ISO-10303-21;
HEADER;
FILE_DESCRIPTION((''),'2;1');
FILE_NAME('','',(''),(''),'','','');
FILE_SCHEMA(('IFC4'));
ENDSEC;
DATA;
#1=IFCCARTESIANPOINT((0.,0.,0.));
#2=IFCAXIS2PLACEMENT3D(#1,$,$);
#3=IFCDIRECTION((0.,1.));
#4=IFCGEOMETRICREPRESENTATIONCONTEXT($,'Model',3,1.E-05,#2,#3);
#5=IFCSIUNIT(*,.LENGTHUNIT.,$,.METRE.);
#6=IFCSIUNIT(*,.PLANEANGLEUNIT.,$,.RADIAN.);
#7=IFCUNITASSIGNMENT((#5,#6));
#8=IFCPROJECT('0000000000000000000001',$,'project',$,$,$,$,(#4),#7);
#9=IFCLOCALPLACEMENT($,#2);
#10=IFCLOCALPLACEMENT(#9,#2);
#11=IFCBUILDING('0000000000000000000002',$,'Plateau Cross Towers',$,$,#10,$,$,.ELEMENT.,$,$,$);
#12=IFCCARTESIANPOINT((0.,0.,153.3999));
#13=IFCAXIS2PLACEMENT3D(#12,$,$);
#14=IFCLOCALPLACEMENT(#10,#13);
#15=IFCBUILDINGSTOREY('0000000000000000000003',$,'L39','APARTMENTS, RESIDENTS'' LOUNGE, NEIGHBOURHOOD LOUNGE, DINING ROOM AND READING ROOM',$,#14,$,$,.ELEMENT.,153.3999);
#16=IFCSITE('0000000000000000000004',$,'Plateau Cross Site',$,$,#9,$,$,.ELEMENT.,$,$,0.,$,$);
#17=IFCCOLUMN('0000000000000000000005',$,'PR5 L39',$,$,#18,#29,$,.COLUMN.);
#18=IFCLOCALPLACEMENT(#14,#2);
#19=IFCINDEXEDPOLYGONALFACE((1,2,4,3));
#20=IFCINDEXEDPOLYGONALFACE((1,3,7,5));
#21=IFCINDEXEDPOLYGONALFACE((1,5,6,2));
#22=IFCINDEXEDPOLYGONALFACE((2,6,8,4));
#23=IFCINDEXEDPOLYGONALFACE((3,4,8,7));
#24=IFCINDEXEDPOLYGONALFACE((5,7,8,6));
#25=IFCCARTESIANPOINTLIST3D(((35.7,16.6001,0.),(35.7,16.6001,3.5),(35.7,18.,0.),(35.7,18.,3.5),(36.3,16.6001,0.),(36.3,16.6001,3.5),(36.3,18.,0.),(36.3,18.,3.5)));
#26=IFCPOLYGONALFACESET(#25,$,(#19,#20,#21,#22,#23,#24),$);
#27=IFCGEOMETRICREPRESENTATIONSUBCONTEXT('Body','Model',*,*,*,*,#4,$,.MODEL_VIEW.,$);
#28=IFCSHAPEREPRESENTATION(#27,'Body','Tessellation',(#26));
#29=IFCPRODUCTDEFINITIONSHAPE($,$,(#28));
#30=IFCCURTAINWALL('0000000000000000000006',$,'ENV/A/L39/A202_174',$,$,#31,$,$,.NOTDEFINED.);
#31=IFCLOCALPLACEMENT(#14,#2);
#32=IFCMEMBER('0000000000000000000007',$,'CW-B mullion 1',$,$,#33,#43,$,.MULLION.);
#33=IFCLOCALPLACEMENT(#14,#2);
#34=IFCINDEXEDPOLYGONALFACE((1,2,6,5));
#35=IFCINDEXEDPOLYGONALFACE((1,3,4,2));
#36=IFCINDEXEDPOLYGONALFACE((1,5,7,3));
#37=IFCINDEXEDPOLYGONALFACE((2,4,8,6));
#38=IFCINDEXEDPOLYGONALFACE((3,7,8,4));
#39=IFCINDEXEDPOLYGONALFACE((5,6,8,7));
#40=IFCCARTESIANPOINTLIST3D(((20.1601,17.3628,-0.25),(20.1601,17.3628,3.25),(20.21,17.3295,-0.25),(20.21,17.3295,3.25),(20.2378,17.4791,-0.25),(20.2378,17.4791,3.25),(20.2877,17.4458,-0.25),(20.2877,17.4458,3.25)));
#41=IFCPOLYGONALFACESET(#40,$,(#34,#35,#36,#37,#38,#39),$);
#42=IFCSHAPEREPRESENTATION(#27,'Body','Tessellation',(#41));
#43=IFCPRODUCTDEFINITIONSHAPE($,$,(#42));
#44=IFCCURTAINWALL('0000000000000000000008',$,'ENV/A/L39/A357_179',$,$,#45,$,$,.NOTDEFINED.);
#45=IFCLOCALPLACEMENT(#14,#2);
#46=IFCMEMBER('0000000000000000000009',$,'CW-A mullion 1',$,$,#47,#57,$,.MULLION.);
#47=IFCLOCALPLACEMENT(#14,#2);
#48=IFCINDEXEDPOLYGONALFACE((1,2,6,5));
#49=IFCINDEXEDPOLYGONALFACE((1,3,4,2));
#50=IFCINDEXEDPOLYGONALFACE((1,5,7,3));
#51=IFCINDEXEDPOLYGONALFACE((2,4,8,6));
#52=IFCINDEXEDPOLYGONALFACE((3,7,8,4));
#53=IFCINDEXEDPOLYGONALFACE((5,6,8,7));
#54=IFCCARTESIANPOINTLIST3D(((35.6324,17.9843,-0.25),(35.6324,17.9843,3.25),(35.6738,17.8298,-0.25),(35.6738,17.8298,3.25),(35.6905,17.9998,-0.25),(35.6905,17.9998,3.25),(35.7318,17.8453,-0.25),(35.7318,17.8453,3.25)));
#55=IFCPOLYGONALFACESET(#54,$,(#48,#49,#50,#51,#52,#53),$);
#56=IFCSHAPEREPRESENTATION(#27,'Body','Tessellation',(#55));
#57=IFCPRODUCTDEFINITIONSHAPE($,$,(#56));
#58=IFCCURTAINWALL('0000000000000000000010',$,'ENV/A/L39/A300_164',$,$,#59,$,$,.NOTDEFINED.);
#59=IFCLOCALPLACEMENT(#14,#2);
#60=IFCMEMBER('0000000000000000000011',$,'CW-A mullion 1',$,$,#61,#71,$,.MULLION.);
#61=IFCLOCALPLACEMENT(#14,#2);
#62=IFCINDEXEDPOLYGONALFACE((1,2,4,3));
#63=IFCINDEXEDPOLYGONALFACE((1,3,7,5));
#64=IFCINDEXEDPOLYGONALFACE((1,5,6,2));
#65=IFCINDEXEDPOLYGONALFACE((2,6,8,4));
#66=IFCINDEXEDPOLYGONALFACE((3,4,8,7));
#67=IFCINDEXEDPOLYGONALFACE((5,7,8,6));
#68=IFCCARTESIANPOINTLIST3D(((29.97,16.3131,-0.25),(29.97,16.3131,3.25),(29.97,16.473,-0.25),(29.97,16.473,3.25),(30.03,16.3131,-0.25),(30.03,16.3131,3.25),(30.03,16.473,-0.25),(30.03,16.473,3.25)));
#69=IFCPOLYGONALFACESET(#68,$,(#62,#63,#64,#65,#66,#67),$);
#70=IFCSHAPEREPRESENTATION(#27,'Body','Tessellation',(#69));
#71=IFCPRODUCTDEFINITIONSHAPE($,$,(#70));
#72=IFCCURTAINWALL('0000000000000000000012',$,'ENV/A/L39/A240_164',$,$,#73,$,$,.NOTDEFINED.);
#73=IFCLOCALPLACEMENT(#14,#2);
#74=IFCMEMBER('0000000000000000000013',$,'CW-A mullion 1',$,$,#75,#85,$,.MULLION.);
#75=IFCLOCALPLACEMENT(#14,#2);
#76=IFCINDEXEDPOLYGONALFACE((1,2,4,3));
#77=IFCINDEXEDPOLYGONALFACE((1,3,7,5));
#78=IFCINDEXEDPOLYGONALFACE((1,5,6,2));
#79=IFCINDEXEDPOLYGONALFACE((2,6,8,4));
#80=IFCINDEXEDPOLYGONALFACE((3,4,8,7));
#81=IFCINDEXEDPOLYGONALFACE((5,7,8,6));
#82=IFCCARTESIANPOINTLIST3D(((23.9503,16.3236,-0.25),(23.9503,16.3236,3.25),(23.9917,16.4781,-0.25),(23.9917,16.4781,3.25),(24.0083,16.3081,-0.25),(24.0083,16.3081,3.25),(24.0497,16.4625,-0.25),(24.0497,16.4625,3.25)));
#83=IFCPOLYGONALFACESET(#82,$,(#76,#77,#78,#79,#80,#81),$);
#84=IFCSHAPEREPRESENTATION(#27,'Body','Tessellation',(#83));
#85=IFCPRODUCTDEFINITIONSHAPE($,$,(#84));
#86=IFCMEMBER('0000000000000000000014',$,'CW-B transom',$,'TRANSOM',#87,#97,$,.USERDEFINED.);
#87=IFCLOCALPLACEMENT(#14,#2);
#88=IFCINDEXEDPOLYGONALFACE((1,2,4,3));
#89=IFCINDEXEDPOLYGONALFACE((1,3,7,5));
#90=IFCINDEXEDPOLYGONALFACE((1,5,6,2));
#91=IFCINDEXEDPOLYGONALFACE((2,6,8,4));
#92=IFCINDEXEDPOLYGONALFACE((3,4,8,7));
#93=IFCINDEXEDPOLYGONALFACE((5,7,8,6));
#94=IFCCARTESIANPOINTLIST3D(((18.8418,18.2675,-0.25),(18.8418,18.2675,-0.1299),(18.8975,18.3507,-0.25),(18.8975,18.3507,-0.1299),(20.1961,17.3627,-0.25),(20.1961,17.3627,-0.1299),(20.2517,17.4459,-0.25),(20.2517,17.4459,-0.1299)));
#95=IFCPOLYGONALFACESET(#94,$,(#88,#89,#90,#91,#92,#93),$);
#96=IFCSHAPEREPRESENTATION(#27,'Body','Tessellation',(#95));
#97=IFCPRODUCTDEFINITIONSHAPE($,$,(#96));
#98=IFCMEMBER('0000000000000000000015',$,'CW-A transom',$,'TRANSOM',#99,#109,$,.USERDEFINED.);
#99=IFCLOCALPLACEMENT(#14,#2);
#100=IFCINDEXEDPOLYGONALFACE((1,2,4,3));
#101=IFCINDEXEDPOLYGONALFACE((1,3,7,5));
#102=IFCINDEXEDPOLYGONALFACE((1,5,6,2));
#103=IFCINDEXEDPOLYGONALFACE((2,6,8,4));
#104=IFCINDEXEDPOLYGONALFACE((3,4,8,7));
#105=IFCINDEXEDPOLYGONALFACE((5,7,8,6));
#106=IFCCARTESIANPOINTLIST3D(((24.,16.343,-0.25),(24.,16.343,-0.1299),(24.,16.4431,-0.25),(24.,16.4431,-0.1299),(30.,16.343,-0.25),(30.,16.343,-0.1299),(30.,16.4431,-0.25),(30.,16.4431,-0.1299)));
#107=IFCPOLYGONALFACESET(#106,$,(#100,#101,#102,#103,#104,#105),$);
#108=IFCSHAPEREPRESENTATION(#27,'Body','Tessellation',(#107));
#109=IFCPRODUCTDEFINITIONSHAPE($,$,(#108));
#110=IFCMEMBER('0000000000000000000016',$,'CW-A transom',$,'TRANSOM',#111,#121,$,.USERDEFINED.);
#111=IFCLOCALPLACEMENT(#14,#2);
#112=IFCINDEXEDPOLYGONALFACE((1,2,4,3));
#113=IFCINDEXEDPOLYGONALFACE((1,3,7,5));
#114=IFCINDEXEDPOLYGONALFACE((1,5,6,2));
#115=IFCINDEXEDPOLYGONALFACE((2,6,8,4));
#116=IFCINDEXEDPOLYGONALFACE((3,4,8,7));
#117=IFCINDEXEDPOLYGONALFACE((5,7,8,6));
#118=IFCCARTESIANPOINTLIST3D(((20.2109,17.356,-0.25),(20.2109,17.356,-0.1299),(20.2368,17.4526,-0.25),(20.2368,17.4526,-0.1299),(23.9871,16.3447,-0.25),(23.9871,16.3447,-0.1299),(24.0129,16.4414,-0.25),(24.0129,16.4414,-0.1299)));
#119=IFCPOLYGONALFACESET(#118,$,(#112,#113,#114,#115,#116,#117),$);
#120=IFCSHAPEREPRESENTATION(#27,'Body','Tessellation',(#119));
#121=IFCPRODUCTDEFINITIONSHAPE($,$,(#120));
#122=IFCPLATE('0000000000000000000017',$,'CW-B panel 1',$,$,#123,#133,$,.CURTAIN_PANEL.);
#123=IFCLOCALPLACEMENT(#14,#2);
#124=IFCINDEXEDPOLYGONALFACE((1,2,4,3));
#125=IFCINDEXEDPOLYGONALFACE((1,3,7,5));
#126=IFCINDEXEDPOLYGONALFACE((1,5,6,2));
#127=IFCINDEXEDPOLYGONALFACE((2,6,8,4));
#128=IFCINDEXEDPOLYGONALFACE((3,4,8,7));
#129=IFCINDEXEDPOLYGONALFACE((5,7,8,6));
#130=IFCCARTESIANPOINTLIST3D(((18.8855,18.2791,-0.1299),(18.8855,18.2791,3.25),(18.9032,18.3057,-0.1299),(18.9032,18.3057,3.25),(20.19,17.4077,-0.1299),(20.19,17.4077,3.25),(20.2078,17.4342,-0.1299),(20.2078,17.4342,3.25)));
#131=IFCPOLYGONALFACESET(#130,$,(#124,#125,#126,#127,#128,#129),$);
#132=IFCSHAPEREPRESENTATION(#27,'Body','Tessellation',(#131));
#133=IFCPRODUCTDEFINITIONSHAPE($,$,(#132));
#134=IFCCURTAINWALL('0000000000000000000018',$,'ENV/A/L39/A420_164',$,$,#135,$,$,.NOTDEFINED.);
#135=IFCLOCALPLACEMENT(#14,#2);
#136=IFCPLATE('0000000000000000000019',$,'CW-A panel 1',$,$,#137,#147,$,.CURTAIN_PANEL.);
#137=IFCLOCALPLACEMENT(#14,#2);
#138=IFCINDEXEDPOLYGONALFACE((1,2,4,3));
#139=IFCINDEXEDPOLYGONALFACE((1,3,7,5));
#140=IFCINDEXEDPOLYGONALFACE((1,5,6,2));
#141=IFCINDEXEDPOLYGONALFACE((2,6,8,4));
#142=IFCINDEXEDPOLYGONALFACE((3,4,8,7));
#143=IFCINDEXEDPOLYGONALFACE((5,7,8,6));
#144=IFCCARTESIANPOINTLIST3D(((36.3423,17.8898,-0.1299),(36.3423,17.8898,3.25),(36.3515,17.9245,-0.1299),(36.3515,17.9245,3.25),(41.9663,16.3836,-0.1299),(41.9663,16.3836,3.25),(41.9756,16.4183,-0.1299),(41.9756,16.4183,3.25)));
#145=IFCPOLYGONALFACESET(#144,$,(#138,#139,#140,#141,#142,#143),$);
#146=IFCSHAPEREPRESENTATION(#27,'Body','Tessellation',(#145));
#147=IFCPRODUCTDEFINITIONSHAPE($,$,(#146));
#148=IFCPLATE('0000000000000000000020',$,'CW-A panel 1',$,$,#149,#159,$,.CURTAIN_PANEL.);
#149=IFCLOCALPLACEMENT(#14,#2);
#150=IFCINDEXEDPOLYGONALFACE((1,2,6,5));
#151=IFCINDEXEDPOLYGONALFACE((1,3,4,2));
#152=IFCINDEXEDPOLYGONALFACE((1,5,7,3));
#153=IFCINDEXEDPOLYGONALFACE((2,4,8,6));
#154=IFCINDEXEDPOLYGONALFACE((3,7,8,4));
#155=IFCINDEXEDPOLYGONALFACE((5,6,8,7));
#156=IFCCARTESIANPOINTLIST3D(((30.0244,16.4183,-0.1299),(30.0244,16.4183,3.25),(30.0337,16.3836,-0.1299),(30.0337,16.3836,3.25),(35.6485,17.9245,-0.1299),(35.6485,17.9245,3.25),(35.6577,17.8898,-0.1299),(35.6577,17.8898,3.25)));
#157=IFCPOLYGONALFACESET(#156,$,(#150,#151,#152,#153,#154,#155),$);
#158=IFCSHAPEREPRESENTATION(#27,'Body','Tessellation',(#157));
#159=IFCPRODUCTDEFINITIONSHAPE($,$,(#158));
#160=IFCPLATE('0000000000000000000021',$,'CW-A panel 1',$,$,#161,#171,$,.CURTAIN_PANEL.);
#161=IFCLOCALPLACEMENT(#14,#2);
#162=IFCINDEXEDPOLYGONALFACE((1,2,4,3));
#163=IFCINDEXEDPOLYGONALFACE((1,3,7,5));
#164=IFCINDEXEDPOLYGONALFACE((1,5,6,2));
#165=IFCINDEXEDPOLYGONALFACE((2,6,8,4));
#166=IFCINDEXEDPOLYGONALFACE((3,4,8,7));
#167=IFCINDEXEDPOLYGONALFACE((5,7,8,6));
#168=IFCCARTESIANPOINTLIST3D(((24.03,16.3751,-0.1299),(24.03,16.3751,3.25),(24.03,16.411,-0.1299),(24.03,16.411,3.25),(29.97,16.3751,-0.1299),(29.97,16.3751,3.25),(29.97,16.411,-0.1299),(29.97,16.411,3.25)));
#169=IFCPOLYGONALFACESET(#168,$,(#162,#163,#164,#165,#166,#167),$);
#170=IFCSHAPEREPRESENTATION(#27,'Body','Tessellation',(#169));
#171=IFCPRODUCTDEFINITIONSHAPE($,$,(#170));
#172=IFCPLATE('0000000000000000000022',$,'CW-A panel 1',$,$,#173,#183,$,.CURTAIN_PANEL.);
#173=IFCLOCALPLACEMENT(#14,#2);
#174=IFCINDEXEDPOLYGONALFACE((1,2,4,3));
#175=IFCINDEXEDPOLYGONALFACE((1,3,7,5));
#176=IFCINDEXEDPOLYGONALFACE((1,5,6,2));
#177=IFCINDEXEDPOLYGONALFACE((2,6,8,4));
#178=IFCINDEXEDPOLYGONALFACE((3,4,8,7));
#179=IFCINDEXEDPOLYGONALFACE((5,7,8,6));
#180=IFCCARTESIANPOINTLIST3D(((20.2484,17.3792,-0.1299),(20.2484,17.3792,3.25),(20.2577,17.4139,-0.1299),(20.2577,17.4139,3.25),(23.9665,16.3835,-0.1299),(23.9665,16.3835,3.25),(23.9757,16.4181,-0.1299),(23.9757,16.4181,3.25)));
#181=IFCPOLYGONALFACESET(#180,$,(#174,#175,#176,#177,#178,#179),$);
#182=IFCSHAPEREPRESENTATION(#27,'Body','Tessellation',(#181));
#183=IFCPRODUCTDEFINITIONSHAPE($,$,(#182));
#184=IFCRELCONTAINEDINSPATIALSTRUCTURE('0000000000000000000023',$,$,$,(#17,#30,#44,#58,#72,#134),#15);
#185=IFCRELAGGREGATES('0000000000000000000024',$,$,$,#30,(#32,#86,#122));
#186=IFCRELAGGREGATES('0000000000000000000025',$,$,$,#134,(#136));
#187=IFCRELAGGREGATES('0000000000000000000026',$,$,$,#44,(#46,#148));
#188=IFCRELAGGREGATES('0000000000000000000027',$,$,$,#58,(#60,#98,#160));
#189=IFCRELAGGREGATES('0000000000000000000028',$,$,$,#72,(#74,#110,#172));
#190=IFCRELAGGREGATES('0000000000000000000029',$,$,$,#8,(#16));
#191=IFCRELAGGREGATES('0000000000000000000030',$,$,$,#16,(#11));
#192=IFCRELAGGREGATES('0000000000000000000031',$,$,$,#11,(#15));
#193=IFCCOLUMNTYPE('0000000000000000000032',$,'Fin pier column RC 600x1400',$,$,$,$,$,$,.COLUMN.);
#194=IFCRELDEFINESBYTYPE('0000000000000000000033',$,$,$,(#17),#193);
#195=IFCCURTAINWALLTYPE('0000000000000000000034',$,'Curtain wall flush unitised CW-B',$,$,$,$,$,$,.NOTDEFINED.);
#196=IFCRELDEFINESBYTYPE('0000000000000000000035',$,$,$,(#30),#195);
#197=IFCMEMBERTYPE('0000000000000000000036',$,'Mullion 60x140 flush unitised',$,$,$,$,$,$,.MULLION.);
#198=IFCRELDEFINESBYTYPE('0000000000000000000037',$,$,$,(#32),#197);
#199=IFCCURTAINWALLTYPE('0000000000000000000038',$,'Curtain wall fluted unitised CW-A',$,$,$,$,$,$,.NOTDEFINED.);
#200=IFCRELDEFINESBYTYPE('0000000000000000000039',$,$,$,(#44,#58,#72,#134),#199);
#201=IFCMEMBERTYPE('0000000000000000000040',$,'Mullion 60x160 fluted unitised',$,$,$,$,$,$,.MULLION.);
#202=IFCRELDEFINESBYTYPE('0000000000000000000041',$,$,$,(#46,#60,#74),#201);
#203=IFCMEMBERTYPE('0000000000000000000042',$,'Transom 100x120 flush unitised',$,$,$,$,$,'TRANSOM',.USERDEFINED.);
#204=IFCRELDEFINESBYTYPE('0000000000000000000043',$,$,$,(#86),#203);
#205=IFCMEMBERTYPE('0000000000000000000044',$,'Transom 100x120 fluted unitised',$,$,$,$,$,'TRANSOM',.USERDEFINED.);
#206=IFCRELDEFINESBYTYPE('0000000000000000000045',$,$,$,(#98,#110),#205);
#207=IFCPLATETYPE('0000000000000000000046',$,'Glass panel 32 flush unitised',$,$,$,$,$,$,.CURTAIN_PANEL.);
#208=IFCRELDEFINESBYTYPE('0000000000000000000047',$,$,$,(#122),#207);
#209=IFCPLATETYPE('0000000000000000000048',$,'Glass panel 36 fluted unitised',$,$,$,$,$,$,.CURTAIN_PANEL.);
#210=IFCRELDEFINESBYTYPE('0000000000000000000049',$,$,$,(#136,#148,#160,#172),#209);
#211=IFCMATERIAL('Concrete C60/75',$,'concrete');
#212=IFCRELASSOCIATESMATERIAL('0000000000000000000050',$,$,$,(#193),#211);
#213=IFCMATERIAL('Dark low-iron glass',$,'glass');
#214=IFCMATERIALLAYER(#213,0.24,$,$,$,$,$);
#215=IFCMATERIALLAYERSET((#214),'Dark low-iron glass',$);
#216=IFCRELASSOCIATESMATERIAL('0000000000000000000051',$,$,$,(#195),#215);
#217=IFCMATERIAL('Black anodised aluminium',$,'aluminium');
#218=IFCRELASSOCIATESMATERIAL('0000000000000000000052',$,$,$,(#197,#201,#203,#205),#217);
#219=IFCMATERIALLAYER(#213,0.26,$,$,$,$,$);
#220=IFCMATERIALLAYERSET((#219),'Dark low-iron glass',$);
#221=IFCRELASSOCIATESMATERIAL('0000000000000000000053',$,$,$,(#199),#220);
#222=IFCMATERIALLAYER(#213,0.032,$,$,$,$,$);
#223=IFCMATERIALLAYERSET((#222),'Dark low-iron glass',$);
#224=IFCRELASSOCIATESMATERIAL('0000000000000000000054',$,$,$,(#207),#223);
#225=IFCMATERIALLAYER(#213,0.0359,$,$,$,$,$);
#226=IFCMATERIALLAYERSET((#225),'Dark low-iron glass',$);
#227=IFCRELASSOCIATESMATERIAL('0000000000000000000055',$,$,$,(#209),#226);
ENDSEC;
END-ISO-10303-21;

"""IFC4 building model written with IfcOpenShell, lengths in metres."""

from ifc_helpers import new_model, si_unit, direction, frame, origin, origin_2d, place, context, subcontext, project, spatial, rectangle, extrude, material, layer, layer_set, material_profile, profile_set, type_object, element, aggregate, save


model = new_model("IFC4")

# Units and contexts
model_context = context("Model", 3, precision=1e-05, world=origin(), true_north=direction((0.0, 1.0)))
body_context = subcontext(model_context, "Body", "Model", "MODEL_VIEW")
ifc_project = project(units=[si_unit("LENGTHUNIT", "METRE"), si_unit("PLANEANGLEUNIT", "RADIAN")], contexts=[model_context])

# Site, building, storey
site_placement = place(None, origin())
site = spatial("IfcSite", under=ifc_project, at=site_placement, Name="Plateau Cross Site", CompositionType="ELEMENT", RefElevation=0.0)
building_placement = place(site_placement, origin())
building = spatial("IfcBuilding", under=site, at=building_placement, Name="Plateau Cross Towers", CompositionType="ELEMENT")
storey_placement = place(building_placement, frame((0.0, 0.0, 153.3999)))
storey = spatial("IfcBuildingStorey", under=building, at=storey_placement, Name="L39", Description="APARTMENTS, RESIDENTS' LOUNGE, NEIGHBOURHOOD LOUNGE, DINING ROOM AND READING ROOM", CompositionType="ELEMENT", Elevation=153.3999)

# Column
ifc_material_1 = material(Name="Concrete C60/75", Category="concrete")
ifc_material_profile_1 = material_profile(ifc_material_1, rectangle(XDim=0.6001, YDim=1.3999, at=origin_2d()), Name="RC 600x1400")
ifc_profile_set_1 = profile_set([ifc_material_profile_1], Name="Concrete C60/75")
column_type = type_object("IfcColumnType", Name="Fin pier column RC 600x1400", PredefinedType="COLUMN", material=ifc_profile_set_1)
column_placement = place(storey_placement, frame((36.0, 17.3, 0.0), z_axis=(0.0, 0.0, 1.0), x_axis=(1.0, 0.0, 0.0)))
element("IfcColumn", 1, at=column_placement, inside=storey, type_object=column_type, Name="PR5 L39", PredefinedType="COLUMN", context=body_context, shape_type="SweptSolid", body=[
    extrude(rectangle(XDim=0.6001, YDim=1.3999, at=origin_2d()), origin(), (0.0, 0.0, 1.0), 3.5),
])

# Curtain walls, members
ifc_material_2 = material(Name="Dark low-iron glass", Category="glass")
ifc_layer_1 = layer(ifc_material_2, 0.24)
ifc_layer_set_1 = layer_set([ifc_layer_1], Name="Dark low-iron glass")
curtain_wall_type_1 = type_object("IfcCurtainWallType", Name="Curtain wall flush unitised CW-B", PredefinedType="NOTDEFINED", material=ifc_layer_set_1)
curtain_wall_1_placement = place(storey_placement, origin())
curtain_wall_1 = element("IfcCurtainWall", 2, at=curtain_wall_1_placement, inside=storey, type_object=curtain_wall_type_1, Name="ENV/A/L39/A202_174", PredefinedType="NOTDEFINED")
ifc_material_3 = material(Name="Black anodised aluminium", Category="aluminium")
ifc_material_profile_2 = material_profile(ifc_material_3, rectangle(XDim=0.0601, YDim=0.1399, at=origin_2d()), Name="MULLION 60x140")
ifc_profile_set_2 = profile_set([ifc_material_profile_2], Name="Black anodised aluminium")
member_type_1 = type_object("IfcMemberType", Name="Mullion 60x140 flush unitised", PredefinedType="MULLION", material=ifc_profile_set_2)
member_1_placement = place(storey_placement, frame((20.2239, 17.4043, -0.25), z_axis=(0.0, 0.0, 1.0), x_axis=(-0.831521, 0.555493, 0.0)))
member_1 = element("IfcMember", 3, at=member_1_placement, type_object=member_type_1, Name="CW-B mullion 1", PredefinedType="MULLION", context=body_context, shape_type="SweptSolid", body=[
    extrude(rectangle(XDim=0.0601, YDim=0.1399, at=origin_2d()), origin(), (0.0, 0.0, 1.0), 3.5),
])
ifc_layer_2 = layer(ifc_material_2, 0.26)
ifc_layer_set_2 = layer_set([ifc_layer_2], Name="Dark low-iron glass")
curtain_wall_type_2 = type_object("IfcCurtainWallType", Name="Curtain wall fluted unitised CW-A", PredefinedType="NOTDEFINED", material=ifc_layer_set_2)
curtain_wall_2_placement = place(storey_placement, origin())
curtain_wall_2 = element("IfcCurtainWall", 4, at=curtain_wall_2_placement, inside=storey, type_object=curtain_wall_type_2, Name="ENV/A/L39/A357_179", PredefinedType="NOTDEFINED")
ifc_material_profile_3 = material_profile(ifc_material_3, rectangle(XDim=0.0601, YDim=0.1599, at=origin_2d()), Name="MULLION 60x160")
ifc_profile_set_3 = profile_set([ifc_material_profile_3], Name="Black anodised aluminium")
member_type_2 = type_object("IfcMemberType", Name="Mullion 60x160 fluted unitised", PredefinedType="MULLION", material=ifc_profile_set_3)
member_2_placement = place(storey_placement, frame((35.6821, 17.9148, -0.25), z_axis=(0.0, 0.0, 1.0), x_axis=(-0.965958, -0.258699, 0.0)))
member_2 = element("IfcMember", 5, at=member_2_placement, type_object=member_type_2, Name="CW-A mullion 1", PredefinedType="MULLION", context=body_context, shape_type="SweptSolid", body=[
    extrude(rectangle(XDim=0.0601, YDim=0.1599, at=origin_2d()), origin(), (0.0, 0.0, 1.0), 3.5),
])
curtain_wall_3_placement = place(storey_placement, origin())
curtain_wall_3 = element("IfcCurtainWall", 6, at=curtain_wall_3_placement, inside=storey, type_object=curtain_wall_type_2, Name="ENV/A/L39/A300_164", PredefinedType="NOTDEFINED")
member_3_placement = place(storey_placement, frame((30.0, 16.3931, -0.25), z_axis=(0.0, 0.0, 1.0), x_axis=(-1.0, 0.0, 0.0)))
member_3 = element("IfcMember", 7, at=member_3_placement, type_object=member_type_2, Name="CW-A mullion 1", PredefinedType="MULLION", context=body_context, shape_type="SweptSolid", body=[
    extrude(rectangle(XDim=0.0601, YDim=0.1599, at=origin_2d()), origin(), (0.0, 0.0, 1.0), 3.5),
])
curtain_wall_4_placement = place(storey_placement, origin())
curtain_wall_4 = element("IfcCurtainWall", 8, at=curtain_wall_4_placement, inside=storey, type_object=curtain_wall_type_2, Name="ENV/A/L39/A240_164", PredefinedType="NOTDEFINED")
member_4_placement = place(storey_placement, frame((24.0, 16.3931, -0.25), z_axis=(0.0, 0.0, 1.0), x_axis=(-0.965958, 0.258699, 0.0)))
member_4 = element("IfcMember", 9, at=member_4_placement, type_object=member_type_2, Name="CW-A mullion 1", PredefinedType="MULLION", context=body_context, shape_type="SweptSolid", body=[
    extrude(rectangle(XDim=0.0601, YDim=0.1599, at=origin_2d()), origin(), (0.0, 0.0, 1.0), 3.5),
])

# Members
ifc_material_profile_4 = material_profile(ifc_material_3, rectangle(XDim=0.1001, YDim=0.1201, at=origin_2d()), Name="TRANSOM 100x120")
ifc_profile_set_4 = profile_set([ifc_material_profile_4], Name="Black anodised aluminium")
member_type_3 = type_object("IfcMemberType", Name="Transom 100x120 flush unitised", ElementType="TRANSOM", PredefinedType="USERDEFINED", material=ifc_profile_set_4)
member_5_placement = place(storey_placement, frame((20.2239, 17.4043, -0.1899), z_axis=(-0.831496, 0.55553, 0.0), x_axis=(-0.55553, -0.831496, 0.0)))
member_5 = element("IfcMember", 10, at=member_5_placement, type_object=member_type_3, Name="CW-B transom", ObjectType="TRANSOM", PredefinedType="USERDEFINED", context=body_context, shape_type="SweptSolid", body=[
    extrude(rectangle(XDim=0.1001, YDim=0.1201, at=origin_2d()), origin(), (0.0, 0.0, 1.0), 1.6287),
])
ifc_material_profile_5 = material_profile(ifc_material_3, rectangle(XDim=0.1001, YDim=0.1201, at=origin_2d()), Name="TRANSOM 100x120")
ifc_profile_set_5 = profile_set([ifc_material_profile_5], Name="Black anodised aluminium")
member_type_4 = type_object("IfcMemberType", Name="Transom 100x120 fluted unitised", ElementType="TRANSOM", PredefinedType="USERDEFINED", material=ifc_profile_set_5)
member_6_placement = place(storey_placement, frame((30.0, 16.3931, -0.1899), z_axis=(-1.0, 0.0, 0.0), x_axis=(0.0, -1.0, 0.0)))
member_6 = element("IfcMember", 11, at=member_6_placement, type_object=member_type_4, Name="CW-A transom", ObjectType="TRANSOM", PredefinedType="USERDEFINED", context=body_context, shape_type="SweptSolid", body=[
    extrude(rectangle(XDim=0.1001, YDim=0.1201, at=origin_2d()), origin(), (0.0, 0.0, 1.0), 6.0),
])
member_7_placement = place(storey_placement, frame((24.0, 16.3931, -0.1899), z_axis=(-0.965963, 0.258681, 0.0), x_axis=(-0.258681, -0.965963, 0.0)))
member_7 = element("IfcMember", 12, at=member_7_placement, type_object=member_type_4, Name="CW-A transom", ObjectType="TRANSOM", PredefinedType="USERDEFINED", context=body_context, shape_type="SweptSolid", body=[
    extrude(rectangle(XDim=0.1001, YDim=0.1201, at=origin_2d()), origin(), (0.0, 0.0, 1.0), 3.9092),
])

# Plate
ifc_layer_3 = layer(ifc_material_2, 0.032)
ifc_layer_set_3 = layer_set([ifc_layer_3], Name="Dark low-iron glass")
plate_type_1 = type_object("IfcPlateType", Name="Glass panel 32 flush unitised", PredefinedType="CURTAIN_PANEL", material=ifc_layer_set_3)
plate_1_placement = place(storey_placement, frame((19.5466, 17.8567, -0.1299), z_axis=(0.0, 0.0, 1.0), x_axis=(-0.831521, 0.555493, 0.0)))
plate_1 = element("IfcPlate", 13, at=plate_1_placement, type_object=plate_type_1, Name="CW-B panel 1", PredefinedType="CURTAIN_PANEL", context=body_context, shape_type="SweptSolid", body=[
    extrude(rectangle(XDim=1.5688, YDim=0.032, at=origin_2d()), origin(), (0.0, 0.0, 1.0), 3.3799),
])
aggregate(curtain_wall_1, [member_1, member_5, plate_1])

# Curtain wall, plate
curtain_wall_5_placement = place(storey_placement, origin())
curtain_wall_5 = element("IfcCurtainWall", 14, at=curtain_wall_5_placement, inside=storey, type_object=curtain_wall_type_2, Name="ENV/A/L39/A420_164", PredefinedType="NOTDEFINED")
ifc_layer_4 = layer(ifc_material_2, 0.0359)
ifc_layer_set_4 = layer_set([ifc_layer_4], Name="Dark low-iron glass")
plate_type_2 = type_object("IfcPlateType", Name="Glass panel 36 fluted unitised", PredefinedType="CURTAIN_PANEL", material=ifc_layer_set_4)
plate_2_placement = place(storey_placement, frame((39.1589, 17.1541, -0.1299), z_axis=(0.0, 0.0, 1.0), x_axis=(-0.965958, 0.258699, 0.0)))
plate_2 = element("IfcPlate", 15, at=plate_2_placement, type_object=plate_type_2, Name="CW-A panel 1", PredefinedType="CURTAIN_PANEL", context=body_context, shape_type="SweptSolid", body=[
    extrude(rectangle(XDim=5.8223, YDim=0.0359, at=origin_2d()), origin(), (0.0, 0.0, 1.0), 3.3799),
])
aggregate(curtain_wall_5, [plate_2])

# Plates
plate_3_placement = place(storey_placement, frame((32.8411, 17.1541, -0.1299), z_axis=(0.0, 0.0, 1.0), x_axis=(-0.965958, -0.258699, 0.0)))
plate_3 = element("IfcPlate", 16, at=plate_3_placement, type_object=plate_type_2, Name="CW-A panel 1", PredefinedType="CURTAIN_PANEL", context=body_context, shape_type="SweptSolid", body=[
    extrude(rectangle(XDim=5.8223, YDim=0.0359, at=origin_2d()), origin(), (0.0, 0.0, 1.0), 3.3799),
])
aggregate(curtain_wall_2, [member_2, plate_3])
plate_4_placement = place(storey_placement, frame((27.0, 16.3931, -0.1299), z_axis=(0.0, 0.0, 1.0), x_axis=(-1.0, 0.0, 0.0)))
plate_4 = element("IfcPlate", 17, at=plate_4_placement, type_object=plate_type_2, Name="CW-A panel 1", PredefinedType="CURTAIN_PANEL", context=body_context, shape_type="SweptSolid", body=[
    extrude(rectangle(XDim=5.9399, YDim=0.0359, at=origin_2d()), origin(), (0.0, 0.0, 1.0), 3.3799),
])
aggregate(curtain_wall_3, [member_3, member_6, plate_4])
plate_5_placement = place(storey_placement, frame((22.1121, 16.8987, -0.1299), z_axis=(0.0, 0.0, 1.0), x_axis=(-0.965958, 0.258699, 0.0)))
plate_5 = element("IfcPlate", 18, at=plate_5_placement, type_object=plate_type_2, Name="CW-A panel 1", PredefinedType="CURTAIN_PANEL", context=body_context, shape_type="SweptSolid", body=[
    extrude(rectangle(XDim=3.8491, YDim=0.0359, at=origin_2d()), origin(), (0.0, 0.0, 1.0), 3.3799),
])
aggregate(curtain_wall_4, [member_4, member_7, plate_5])

save(model, "model.ifc")
